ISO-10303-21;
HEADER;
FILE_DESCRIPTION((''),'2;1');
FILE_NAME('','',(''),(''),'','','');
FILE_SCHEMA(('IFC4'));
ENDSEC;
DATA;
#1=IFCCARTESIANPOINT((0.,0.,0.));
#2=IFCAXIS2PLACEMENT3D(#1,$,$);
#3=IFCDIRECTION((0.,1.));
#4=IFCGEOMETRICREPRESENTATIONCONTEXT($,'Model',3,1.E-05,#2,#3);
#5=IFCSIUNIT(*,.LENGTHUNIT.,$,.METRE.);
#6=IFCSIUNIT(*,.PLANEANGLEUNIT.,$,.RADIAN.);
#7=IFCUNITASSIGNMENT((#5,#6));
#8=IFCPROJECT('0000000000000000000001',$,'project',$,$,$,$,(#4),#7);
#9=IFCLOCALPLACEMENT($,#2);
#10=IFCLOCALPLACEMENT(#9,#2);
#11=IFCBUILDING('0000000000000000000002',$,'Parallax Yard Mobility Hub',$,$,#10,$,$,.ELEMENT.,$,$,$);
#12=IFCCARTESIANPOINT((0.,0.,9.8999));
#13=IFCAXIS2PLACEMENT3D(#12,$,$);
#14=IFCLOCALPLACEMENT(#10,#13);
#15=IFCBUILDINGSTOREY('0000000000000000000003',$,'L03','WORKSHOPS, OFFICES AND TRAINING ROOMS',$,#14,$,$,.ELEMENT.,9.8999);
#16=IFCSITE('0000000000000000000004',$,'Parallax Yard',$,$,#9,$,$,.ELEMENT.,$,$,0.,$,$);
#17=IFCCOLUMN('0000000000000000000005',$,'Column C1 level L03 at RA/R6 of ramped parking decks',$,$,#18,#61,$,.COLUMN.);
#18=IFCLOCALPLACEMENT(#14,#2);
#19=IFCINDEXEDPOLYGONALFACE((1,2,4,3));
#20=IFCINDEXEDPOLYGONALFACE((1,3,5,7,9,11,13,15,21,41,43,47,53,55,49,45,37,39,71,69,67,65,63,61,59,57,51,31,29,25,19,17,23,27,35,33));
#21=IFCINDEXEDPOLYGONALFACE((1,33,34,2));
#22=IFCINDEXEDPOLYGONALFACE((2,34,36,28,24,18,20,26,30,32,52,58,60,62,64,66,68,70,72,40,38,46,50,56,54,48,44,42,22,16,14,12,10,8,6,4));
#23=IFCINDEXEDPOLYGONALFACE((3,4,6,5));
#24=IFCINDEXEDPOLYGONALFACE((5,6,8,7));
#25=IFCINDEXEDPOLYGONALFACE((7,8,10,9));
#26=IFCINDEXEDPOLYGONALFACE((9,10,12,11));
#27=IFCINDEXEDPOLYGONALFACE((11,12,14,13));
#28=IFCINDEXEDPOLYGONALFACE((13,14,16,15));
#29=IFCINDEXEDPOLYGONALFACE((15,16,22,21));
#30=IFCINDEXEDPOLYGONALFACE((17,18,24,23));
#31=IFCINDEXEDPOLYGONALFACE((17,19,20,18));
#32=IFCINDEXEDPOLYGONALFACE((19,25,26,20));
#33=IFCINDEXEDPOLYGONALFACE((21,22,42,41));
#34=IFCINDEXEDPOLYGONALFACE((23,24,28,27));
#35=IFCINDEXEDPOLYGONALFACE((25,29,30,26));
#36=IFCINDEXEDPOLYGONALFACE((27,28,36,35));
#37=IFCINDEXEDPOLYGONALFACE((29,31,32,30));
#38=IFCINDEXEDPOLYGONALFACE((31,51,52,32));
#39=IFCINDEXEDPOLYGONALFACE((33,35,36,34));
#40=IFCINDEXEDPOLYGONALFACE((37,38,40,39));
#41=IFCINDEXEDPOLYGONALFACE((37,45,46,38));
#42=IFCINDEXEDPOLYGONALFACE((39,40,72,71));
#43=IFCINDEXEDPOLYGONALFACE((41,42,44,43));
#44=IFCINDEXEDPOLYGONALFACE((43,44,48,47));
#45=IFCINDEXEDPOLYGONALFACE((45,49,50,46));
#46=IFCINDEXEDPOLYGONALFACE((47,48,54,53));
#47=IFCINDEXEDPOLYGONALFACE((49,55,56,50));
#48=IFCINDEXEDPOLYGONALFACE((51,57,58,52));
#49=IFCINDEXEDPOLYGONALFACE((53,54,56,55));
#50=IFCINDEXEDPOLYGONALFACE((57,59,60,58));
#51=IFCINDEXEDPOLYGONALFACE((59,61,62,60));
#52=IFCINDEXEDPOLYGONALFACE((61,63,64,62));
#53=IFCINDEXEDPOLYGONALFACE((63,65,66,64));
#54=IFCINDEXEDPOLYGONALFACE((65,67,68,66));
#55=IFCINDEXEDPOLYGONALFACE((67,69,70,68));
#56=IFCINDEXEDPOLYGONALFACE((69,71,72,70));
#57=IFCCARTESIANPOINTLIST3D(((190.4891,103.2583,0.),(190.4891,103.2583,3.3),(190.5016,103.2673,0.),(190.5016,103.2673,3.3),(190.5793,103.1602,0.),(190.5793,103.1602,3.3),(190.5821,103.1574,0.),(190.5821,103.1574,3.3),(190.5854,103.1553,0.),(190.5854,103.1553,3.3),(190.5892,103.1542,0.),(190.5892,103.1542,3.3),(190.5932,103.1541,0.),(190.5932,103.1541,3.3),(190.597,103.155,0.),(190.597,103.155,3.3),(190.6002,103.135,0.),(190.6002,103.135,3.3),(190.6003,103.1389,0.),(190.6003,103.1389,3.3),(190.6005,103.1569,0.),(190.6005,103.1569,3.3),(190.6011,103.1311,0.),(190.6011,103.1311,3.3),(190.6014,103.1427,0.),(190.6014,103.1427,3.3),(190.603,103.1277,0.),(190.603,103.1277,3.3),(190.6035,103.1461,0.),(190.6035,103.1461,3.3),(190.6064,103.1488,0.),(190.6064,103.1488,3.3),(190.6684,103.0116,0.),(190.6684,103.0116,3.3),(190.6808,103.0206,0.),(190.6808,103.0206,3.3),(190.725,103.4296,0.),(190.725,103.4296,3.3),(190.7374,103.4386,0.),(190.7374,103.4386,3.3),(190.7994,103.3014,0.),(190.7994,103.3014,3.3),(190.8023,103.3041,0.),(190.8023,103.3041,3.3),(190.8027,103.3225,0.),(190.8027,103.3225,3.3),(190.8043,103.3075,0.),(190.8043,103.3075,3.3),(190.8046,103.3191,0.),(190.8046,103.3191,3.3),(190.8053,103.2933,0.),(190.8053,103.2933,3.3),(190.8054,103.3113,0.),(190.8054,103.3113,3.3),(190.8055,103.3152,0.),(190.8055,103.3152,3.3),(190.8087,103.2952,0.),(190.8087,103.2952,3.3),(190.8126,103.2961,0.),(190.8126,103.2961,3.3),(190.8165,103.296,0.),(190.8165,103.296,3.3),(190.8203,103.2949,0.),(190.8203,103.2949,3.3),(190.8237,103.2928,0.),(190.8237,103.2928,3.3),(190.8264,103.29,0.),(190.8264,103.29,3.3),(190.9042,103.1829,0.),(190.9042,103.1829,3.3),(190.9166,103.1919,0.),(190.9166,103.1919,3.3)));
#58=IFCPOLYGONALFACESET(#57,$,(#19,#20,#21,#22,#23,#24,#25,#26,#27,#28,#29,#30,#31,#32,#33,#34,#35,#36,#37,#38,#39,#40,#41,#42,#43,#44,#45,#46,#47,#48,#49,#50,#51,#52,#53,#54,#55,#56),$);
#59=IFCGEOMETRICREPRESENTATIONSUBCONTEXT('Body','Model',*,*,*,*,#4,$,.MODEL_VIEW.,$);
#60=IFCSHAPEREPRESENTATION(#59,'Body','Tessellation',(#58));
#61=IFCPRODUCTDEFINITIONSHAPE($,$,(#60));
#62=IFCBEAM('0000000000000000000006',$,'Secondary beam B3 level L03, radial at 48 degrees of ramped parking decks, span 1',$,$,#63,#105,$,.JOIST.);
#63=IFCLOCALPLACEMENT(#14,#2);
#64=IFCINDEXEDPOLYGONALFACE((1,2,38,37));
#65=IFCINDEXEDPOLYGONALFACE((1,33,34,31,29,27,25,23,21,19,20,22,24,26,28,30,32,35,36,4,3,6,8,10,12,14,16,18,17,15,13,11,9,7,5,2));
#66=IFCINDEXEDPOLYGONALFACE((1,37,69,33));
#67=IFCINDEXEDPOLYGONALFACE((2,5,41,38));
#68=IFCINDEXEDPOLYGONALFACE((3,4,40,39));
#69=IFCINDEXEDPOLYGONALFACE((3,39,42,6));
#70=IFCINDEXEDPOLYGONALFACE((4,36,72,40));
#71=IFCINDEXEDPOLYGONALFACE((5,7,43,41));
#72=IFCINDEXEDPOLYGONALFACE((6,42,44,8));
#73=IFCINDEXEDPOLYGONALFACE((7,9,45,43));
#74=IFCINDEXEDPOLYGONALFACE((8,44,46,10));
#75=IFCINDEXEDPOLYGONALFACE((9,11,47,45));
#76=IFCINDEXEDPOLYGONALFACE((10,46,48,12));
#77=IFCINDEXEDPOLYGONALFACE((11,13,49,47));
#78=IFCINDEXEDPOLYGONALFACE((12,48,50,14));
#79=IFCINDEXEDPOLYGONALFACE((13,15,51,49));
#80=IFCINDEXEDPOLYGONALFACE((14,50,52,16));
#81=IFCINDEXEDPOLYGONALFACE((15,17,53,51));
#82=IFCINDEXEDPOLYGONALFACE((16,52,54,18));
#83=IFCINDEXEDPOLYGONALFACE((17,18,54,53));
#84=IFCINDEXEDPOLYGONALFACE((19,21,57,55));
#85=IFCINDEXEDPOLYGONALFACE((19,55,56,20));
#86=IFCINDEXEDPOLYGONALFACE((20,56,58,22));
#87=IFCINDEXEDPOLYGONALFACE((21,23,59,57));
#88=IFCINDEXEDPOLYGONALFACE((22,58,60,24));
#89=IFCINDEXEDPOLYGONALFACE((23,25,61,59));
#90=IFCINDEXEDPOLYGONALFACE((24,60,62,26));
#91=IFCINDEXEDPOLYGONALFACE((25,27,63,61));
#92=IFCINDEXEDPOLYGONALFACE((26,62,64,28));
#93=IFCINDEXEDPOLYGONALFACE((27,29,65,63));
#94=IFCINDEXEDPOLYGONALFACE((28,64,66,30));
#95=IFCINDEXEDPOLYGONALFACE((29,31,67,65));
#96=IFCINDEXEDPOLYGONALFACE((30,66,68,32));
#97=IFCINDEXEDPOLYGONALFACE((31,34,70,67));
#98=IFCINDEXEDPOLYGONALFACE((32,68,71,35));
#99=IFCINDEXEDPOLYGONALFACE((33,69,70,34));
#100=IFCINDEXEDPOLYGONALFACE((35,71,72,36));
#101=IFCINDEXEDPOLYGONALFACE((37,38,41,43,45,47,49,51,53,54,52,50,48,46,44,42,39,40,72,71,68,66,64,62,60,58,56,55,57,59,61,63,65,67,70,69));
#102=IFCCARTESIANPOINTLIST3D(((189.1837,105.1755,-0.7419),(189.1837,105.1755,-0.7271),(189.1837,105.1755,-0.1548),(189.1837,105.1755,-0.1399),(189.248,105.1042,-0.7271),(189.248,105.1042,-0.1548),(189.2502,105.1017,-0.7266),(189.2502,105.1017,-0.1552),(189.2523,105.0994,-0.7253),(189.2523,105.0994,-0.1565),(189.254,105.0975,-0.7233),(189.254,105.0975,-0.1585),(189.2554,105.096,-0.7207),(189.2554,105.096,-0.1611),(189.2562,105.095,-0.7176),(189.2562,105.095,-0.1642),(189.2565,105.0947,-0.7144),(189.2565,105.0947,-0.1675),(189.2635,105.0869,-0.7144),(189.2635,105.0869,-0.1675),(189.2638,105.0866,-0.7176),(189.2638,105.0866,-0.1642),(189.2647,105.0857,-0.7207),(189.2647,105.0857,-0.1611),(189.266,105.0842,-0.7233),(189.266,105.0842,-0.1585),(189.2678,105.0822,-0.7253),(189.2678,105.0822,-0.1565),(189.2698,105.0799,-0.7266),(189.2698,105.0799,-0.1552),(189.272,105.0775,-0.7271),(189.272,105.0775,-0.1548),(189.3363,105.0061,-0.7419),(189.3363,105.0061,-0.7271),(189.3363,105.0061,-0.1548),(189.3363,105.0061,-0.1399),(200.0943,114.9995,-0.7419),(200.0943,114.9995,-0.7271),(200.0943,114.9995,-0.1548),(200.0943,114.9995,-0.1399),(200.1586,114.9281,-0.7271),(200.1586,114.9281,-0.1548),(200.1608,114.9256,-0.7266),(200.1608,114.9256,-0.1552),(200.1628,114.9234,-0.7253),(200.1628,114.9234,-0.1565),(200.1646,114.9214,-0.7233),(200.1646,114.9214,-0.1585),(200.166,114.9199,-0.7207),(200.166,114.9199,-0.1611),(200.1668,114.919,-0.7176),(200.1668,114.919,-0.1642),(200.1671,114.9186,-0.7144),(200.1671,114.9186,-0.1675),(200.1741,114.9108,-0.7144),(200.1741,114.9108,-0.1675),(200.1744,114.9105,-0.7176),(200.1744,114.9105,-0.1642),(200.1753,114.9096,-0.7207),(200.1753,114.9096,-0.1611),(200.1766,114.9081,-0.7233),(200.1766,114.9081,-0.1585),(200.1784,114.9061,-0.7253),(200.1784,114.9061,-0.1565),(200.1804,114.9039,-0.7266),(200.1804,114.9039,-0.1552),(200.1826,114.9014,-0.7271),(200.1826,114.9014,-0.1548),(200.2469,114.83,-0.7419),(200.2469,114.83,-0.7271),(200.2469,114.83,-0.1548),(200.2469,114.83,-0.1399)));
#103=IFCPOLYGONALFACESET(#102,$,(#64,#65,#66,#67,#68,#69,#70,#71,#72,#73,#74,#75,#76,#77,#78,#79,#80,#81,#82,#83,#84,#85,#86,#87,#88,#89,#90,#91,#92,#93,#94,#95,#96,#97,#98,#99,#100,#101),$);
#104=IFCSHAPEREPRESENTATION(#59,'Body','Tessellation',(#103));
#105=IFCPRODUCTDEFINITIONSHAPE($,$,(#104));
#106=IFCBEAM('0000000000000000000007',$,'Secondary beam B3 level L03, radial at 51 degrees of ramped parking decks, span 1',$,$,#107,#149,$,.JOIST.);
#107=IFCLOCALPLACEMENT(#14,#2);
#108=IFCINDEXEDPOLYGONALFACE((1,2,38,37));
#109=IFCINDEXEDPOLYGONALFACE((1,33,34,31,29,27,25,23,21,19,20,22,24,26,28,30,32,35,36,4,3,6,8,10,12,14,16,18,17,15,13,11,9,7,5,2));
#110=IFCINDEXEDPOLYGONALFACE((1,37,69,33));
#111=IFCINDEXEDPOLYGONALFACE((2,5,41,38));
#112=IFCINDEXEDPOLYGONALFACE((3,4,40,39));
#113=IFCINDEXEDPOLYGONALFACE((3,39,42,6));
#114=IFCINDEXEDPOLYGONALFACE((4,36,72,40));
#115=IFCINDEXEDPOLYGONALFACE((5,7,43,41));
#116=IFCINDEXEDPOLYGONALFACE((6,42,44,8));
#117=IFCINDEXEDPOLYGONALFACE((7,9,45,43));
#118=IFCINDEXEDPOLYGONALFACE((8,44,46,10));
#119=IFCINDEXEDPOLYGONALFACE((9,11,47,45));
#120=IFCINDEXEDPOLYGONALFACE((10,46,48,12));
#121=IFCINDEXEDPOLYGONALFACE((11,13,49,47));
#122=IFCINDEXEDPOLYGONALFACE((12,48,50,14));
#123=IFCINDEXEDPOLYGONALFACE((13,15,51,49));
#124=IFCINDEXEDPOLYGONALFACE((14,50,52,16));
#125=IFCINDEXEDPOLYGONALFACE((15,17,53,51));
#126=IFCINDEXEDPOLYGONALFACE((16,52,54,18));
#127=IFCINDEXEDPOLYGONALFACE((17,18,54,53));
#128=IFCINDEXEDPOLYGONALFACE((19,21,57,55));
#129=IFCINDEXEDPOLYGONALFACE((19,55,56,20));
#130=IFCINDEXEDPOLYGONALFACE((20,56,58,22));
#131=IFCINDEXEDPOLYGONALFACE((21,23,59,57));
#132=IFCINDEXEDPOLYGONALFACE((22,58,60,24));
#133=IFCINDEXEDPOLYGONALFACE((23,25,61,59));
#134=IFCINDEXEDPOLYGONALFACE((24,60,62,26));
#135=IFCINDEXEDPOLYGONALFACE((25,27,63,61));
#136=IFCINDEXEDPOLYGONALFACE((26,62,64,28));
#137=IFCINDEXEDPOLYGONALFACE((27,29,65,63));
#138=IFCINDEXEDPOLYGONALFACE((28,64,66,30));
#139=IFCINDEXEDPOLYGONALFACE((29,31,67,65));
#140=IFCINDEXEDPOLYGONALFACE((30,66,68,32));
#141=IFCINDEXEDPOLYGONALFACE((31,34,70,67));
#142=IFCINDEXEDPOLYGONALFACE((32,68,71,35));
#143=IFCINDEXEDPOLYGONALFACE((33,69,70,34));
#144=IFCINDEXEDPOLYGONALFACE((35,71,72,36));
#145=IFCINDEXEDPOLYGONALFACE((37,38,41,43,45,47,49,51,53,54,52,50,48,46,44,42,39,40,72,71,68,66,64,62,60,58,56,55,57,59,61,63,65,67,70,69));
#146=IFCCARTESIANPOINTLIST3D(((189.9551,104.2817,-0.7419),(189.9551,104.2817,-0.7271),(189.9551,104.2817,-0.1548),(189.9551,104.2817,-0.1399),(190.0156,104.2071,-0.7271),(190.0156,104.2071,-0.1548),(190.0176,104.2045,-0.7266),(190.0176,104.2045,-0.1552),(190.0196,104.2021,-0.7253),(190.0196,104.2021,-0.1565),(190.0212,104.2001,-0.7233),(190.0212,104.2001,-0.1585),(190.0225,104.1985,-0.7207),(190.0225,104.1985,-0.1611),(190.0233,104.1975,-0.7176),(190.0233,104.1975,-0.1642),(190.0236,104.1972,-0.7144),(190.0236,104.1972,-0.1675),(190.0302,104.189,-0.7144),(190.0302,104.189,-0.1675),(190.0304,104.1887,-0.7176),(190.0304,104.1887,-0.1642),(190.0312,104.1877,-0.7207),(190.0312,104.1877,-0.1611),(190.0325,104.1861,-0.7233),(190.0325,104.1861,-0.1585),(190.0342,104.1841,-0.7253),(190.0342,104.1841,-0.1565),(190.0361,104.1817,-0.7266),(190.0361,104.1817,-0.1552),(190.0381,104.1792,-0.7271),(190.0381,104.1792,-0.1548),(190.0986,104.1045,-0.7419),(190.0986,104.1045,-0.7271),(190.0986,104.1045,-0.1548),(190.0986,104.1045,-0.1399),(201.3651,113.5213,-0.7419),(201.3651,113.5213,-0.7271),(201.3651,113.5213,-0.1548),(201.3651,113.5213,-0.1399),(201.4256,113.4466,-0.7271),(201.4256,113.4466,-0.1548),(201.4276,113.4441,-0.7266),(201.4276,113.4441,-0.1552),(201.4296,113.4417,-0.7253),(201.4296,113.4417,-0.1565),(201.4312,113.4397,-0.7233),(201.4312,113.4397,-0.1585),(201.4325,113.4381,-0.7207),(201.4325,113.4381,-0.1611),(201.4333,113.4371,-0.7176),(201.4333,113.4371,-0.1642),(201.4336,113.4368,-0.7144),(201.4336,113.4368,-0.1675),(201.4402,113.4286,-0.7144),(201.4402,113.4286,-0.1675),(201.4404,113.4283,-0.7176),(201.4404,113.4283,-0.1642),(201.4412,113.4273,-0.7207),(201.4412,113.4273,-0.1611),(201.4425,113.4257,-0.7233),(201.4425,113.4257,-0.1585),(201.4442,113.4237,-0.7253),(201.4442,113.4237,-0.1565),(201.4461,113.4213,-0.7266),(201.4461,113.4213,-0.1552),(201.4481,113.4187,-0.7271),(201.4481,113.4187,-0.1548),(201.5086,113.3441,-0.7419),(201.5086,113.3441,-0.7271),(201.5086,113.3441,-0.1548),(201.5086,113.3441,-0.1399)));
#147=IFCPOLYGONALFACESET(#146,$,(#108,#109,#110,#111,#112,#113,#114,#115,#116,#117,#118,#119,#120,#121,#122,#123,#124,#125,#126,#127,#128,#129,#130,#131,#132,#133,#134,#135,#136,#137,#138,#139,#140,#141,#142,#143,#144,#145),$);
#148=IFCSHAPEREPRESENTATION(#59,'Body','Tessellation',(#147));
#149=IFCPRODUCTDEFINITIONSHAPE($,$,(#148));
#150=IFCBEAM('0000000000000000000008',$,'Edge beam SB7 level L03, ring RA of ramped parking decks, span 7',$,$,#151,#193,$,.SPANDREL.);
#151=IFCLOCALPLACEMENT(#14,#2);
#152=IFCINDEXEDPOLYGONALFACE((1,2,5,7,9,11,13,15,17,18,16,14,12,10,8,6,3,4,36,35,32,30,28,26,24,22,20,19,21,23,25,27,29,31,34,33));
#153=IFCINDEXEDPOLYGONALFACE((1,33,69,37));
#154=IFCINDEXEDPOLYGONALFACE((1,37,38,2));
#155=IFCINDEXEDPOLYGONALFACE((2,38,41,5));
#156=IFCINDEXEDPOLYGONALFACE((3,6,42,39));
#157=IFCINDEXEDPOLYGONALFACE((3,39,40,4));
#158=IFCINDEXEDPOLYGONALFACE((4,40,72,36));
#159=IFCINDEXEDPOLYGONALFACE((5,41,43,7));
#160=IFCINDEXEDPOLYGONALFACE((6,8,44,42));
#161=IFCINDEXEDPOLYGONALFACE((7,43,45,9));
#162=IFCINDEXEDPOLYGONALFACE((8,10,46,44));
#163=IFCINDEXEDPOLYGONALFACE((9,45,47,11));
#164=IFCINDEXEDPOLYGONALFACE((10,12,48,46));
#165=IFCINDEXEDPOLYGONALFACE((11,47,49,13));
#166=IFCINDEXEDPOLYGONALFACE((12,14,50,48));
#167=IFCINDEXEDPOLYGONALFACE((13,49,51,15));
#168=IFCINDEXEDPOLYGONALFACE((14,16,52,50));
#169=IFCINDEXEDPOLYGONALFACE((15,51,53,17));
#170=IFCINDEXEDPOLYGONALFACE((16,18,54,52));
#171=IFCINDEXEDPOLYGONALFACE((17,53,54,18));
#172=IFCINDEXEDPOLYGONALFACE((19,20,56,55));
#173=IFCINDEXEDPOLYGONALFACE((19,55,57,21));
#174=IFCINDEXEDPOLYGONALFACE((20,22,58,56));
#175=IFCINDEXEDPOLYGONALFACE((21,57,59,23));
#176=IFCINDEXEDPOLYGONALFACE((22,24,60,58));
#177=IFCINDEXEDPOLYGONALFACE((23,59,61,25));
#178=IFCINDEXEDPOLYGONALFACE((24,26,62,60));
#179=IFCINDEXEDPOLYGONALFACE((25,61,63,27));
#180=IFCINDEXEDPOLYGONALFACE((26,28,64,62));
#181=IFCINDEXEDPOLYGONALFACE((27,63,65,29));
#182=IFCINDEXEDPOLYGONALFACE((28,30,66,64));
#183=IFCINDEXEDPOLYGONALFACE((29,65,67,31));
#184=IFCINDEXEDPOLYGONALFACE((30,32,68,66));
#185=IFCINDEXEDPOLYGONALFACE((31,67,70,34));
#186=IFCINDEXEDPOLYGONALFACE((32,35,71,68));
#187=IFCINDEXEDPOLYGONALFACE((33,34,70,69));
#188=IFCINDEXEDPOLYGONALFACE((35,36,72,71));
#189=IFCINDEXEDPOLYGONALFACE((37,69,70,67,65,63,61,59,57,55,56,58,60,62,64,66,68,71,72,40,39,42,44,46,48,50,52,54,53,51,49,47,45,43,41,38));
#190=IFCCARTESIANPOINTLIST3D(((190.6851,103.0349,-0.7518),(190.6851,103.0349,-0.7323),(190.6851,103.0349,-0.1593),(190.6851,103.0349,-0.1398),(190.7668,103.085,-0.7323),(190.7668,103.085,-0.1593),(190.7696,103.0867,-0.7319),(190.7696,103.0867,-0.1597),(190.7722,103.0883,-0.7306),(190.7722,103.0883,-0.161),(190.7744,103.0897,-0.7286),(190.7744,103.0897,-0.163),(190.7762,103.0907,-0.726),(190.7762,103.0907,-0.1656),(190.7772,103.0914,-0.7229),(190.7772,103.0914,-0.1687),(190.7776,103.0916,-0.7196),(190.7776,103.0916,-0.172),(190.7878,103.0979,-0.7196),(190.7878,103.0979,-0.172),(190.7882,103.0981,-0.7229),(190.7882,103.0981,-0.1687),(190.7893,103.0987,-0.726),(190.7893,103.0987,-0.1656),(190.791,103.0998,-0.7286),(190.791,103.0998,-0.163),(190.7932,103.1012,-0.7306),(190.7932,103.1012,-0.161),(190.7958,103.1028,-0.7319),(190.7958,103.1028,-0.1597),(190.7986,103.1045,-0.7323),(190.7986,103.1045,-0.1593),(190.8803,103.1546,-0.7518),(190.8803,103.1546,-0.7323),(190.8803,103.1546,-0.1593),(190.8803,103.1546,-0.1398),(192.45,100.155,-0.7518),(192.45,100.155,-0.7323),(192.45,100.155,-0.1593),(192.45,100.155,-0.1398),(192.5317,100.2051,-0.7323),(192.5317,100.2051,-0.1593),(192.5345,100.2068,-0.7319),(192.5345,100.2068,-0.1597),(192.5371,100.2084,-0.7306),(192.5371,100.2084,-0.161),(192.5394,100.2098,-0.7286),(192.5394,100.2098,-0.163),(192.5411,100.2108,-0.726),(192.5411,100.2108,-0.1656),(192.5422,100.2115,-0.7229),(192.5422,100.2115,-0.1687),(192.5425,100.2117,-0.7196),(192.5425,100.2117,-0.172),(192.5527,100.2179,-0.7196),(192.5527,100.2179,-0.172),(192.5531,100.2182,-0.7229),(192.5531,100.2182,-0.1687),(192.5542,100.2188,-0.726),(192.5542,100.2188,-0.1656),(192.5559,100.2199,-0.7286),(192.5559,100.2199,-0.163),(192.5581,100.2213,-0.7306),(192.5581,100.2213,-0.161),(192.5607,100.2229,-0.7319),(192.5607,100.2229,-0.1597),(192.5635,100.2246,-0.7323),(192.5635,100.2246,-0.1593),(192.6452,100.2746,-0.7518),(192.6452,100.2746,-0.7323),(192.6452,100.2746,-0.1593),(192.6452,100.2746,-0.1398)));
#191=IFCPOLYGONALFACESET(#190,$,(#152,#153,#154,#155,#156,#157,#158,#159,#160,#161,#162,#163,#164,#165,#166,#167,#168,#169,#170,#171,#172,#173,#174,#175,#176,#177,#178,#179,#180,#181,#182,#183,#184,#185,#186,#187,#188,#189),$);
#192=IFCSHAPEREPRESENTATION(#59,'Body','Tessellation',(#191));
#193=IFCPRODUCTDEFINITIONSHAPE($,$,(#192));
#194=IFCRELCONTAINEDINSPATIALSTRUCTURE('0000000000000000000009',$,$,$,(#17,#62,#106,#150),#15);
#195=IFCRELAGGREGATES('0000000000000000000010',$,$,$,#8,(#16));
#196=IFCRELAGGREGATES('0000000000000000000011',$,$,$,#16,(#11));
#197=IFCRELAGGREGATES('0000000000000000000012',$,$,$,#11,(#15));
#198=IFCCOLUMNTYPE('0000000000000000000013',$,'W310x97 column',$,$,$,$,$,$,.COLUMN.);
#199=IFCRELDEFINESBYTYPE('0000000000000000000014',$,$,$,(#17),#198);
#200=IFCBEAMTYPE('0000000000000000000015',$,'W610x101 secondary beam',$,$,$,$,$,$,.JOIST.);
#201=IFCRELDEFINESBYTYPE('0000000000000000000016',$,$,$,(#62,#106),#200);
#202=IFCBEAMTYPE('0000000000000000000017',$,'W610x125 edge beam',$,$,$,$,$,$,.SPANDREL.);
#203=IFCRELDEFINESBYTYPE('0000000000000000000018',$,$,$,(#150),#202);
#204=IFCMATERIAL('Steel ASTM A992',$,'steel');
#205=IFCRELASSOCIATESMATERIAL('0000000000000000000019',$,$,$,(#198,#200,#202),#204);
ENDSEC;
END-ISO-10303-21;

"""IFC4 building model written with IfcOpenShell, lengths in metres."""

from ifc_helpers import new_model, si_unit, direction, frame, origin, origin_2d, place, context, subcontext, project, spatial, i_section, extrude, material, material_profile, profile_set, type_object, element, save


model = new_model("IFC4")

# Units and contexts
model_context = context("Model", 3, precision=1e-05, world=origin(), true_north=direction((0.0, 1.0)))
body_context = subcontext(model_context, "Body", "Model", "MODEL_VIEW")
ifc_project = project(units=[si_unit("LENGTHUNIT", "METRE"), si_unit("PLANEANGLEUNIT", "RADIAN")], contexts=[model_context])

# Site, building, storey
site_placement = place(None, origin())
site = spatial("IfcSite", under=ifc_project, at=site_placement, Name="Parallax Yard", CompositionType="ELEMENT", RefElevation=0.0)
building_placement = place(site_placement, origin())
building = spatial("IfcBuilding", under=site, at=building_placement, Name="Parallax Yard Mobility Hub", CompositionType="ELEMENT")
storey_placement = place(building_placement, frame((0.0, 0.0, 9.8999)))
storey = spatial("IfcBuildingStorey", under=building, at=storey_placement, Name="L03", Description="WORKSHOPS, OFFICES AND TRAINING ROOMS", CompositionType="ELEMENT", Elevation=9.8999)

# Column
ifc_material_1 = material(Name="Steel ASTM A992", Category="steel")
ifc_material_profile_1 = material_profile(ifc_material_1, i_section(OverallWidth=0.3049, OverallDepth=0.3069, WebThickness=0.01, FlangeThickness=0.0154, FilletRadius=0.0151, at=origin_2d()), Name="W310x97")
ifc_profile_set_1 = profile_set([ifc_material_profile_1], Name="Steel ASTM A992")
column_type = type_object("IfcColumnType", Name="W310x97 column", PredefinedType="COLUMN", material=ifc_profile_set_1)
column_placement = place(storey_placement, frame((190.7029, 103.2251, 0.0), z_axis=(0.0, 0.0, 1.0), x_axis=(-0.587785, 0.809017, 0.0)))
element("IfcColumn", 1, at=column_placement, inside=storey, type_object=column_type, Name="Column C1 level L03 at RA/R6 of ramped parking decks", PredefinedType="COLUMN", context=body_context, shape_type="SweptSolid", body=[
    extrude(i_section(OverallWidth=0.3049, OverallDepth=0.3069, WebThickness=0.01, FlangeThickness=0.0154, FilletRadius=0.0151, at=origin_2d()), origin(), (0.0, 0.0, 1.0), 3.3),
])

# Beams
ifc_material_profile_2 = material_profile(ifc_material_1, i_section(OverallWidth=0.228, OverallDepth=0.6021, WebThickness=0.0105, FlangeThickness=0.0149, FilletRadius=0.0127, at=origin_2d()), Name="W610x101")
ifc_profile_set_2 = profile_set([ifc_material_profile_2], Name="Steel ASTM A992")
beam_type_1 = type_object("IfcBeamType", Name="W610x101 secondary beam", PredefinedType="JOIST", material=ifc_profile_set_2)
beam_1_placement = place(storey_placement, frame((189.26, 105.0908, -0.4409), z_axis=(0.743145, 0.66913, 0.0), x_axis=(-0.66913, 0.743145, 0.0)))
element("IfcBeam", 2, at=beam_1_placement, inside=storey, type_object=beam_type_1, Name="Secondary beam B3 level L03, radial at 48 degrees of ramped parking decks, span 1", PredefinedType="JOIST", context=body_context, shape_type="SweptSolid", body=[
    extrude(i_section(OverallWidth=0.228, OverallDepth=0.6021, WebThickness=0.0105, FlangeThickness=0.0149, FilletRadius=0.0127, at=origin_2d()), origin(), (0.0, 0.0, 1.0), 14.6816),
])
beam_2_placement = place(storey_placement, frame((190.0269, 104.1931, -0.4409), z_axis=(0.777148, 0.629318, 0.0), x_axis=(-0.629318, 0.777148, 0.0)))
element("IfcBeam", 3, at=beam_2_placement, inside=storey, type_object=beam_type_1, Name="Secondary beam B3 level L03, radial at 51 degrees of ramped parking decks, span 1", PredefinedType="JOIST", context=body_context, shape_type="SweptSolid", body=[
    extrude(i_section(OverallWidth=0.228, OverallDepth=0.6021, WebThickness=0.0105, FlangeThickness=0.0149, FilletRadius=0.0127, at=origin_2d()), origin(), (0.0, 0.0, 1.0), 14.6819),
])
ifc_material_profile_3 = material_profile(ifc_material_1, i_section(OverallWidth=0.229, OverallDepth=0.6121, WebThickness=0.012, FlangeThickness=0.0195, FilletRadius=0.0127, at=origin_2d()), Name="W610x125")
ifc_profile_set_3 = profile_set([ifc_material_profile_3], Name="Steel ASTM A992")
beam_type_2 = type_object("IfcBeamType", Name="W610x125 edge beam", PredefinedType="SPANDREL", material=ifc_profile_set_3)
beam_3_placement = place(storey_placement, frame((190.7827, 103.0947, -0.4458), z_axis=(0.52252, -0.852627, 0.0), x_axis=(0.852627, 0.52252, 0.0)))
element("IfcBeam", 4, at=beam_3_placement, inside=storey, type_object=beam_type_2, Name="Edge beam SB7 level L03, ring RA of ramped parking decks, span 7", PredefinedType="SPANDREL", context=body_context, shape_type="SweptSolid", body=[
    extrude(i_section(OverallWidth=0.229, OverallDepth=0.6121, WebThickness=0.012, FlangeThickness=0.0195, FilletRadius=0.0127, at=origin_2d()), origin(), (0.0, 0.0, 1.0), 3.3777),
])

save(model, "model.ifc")
